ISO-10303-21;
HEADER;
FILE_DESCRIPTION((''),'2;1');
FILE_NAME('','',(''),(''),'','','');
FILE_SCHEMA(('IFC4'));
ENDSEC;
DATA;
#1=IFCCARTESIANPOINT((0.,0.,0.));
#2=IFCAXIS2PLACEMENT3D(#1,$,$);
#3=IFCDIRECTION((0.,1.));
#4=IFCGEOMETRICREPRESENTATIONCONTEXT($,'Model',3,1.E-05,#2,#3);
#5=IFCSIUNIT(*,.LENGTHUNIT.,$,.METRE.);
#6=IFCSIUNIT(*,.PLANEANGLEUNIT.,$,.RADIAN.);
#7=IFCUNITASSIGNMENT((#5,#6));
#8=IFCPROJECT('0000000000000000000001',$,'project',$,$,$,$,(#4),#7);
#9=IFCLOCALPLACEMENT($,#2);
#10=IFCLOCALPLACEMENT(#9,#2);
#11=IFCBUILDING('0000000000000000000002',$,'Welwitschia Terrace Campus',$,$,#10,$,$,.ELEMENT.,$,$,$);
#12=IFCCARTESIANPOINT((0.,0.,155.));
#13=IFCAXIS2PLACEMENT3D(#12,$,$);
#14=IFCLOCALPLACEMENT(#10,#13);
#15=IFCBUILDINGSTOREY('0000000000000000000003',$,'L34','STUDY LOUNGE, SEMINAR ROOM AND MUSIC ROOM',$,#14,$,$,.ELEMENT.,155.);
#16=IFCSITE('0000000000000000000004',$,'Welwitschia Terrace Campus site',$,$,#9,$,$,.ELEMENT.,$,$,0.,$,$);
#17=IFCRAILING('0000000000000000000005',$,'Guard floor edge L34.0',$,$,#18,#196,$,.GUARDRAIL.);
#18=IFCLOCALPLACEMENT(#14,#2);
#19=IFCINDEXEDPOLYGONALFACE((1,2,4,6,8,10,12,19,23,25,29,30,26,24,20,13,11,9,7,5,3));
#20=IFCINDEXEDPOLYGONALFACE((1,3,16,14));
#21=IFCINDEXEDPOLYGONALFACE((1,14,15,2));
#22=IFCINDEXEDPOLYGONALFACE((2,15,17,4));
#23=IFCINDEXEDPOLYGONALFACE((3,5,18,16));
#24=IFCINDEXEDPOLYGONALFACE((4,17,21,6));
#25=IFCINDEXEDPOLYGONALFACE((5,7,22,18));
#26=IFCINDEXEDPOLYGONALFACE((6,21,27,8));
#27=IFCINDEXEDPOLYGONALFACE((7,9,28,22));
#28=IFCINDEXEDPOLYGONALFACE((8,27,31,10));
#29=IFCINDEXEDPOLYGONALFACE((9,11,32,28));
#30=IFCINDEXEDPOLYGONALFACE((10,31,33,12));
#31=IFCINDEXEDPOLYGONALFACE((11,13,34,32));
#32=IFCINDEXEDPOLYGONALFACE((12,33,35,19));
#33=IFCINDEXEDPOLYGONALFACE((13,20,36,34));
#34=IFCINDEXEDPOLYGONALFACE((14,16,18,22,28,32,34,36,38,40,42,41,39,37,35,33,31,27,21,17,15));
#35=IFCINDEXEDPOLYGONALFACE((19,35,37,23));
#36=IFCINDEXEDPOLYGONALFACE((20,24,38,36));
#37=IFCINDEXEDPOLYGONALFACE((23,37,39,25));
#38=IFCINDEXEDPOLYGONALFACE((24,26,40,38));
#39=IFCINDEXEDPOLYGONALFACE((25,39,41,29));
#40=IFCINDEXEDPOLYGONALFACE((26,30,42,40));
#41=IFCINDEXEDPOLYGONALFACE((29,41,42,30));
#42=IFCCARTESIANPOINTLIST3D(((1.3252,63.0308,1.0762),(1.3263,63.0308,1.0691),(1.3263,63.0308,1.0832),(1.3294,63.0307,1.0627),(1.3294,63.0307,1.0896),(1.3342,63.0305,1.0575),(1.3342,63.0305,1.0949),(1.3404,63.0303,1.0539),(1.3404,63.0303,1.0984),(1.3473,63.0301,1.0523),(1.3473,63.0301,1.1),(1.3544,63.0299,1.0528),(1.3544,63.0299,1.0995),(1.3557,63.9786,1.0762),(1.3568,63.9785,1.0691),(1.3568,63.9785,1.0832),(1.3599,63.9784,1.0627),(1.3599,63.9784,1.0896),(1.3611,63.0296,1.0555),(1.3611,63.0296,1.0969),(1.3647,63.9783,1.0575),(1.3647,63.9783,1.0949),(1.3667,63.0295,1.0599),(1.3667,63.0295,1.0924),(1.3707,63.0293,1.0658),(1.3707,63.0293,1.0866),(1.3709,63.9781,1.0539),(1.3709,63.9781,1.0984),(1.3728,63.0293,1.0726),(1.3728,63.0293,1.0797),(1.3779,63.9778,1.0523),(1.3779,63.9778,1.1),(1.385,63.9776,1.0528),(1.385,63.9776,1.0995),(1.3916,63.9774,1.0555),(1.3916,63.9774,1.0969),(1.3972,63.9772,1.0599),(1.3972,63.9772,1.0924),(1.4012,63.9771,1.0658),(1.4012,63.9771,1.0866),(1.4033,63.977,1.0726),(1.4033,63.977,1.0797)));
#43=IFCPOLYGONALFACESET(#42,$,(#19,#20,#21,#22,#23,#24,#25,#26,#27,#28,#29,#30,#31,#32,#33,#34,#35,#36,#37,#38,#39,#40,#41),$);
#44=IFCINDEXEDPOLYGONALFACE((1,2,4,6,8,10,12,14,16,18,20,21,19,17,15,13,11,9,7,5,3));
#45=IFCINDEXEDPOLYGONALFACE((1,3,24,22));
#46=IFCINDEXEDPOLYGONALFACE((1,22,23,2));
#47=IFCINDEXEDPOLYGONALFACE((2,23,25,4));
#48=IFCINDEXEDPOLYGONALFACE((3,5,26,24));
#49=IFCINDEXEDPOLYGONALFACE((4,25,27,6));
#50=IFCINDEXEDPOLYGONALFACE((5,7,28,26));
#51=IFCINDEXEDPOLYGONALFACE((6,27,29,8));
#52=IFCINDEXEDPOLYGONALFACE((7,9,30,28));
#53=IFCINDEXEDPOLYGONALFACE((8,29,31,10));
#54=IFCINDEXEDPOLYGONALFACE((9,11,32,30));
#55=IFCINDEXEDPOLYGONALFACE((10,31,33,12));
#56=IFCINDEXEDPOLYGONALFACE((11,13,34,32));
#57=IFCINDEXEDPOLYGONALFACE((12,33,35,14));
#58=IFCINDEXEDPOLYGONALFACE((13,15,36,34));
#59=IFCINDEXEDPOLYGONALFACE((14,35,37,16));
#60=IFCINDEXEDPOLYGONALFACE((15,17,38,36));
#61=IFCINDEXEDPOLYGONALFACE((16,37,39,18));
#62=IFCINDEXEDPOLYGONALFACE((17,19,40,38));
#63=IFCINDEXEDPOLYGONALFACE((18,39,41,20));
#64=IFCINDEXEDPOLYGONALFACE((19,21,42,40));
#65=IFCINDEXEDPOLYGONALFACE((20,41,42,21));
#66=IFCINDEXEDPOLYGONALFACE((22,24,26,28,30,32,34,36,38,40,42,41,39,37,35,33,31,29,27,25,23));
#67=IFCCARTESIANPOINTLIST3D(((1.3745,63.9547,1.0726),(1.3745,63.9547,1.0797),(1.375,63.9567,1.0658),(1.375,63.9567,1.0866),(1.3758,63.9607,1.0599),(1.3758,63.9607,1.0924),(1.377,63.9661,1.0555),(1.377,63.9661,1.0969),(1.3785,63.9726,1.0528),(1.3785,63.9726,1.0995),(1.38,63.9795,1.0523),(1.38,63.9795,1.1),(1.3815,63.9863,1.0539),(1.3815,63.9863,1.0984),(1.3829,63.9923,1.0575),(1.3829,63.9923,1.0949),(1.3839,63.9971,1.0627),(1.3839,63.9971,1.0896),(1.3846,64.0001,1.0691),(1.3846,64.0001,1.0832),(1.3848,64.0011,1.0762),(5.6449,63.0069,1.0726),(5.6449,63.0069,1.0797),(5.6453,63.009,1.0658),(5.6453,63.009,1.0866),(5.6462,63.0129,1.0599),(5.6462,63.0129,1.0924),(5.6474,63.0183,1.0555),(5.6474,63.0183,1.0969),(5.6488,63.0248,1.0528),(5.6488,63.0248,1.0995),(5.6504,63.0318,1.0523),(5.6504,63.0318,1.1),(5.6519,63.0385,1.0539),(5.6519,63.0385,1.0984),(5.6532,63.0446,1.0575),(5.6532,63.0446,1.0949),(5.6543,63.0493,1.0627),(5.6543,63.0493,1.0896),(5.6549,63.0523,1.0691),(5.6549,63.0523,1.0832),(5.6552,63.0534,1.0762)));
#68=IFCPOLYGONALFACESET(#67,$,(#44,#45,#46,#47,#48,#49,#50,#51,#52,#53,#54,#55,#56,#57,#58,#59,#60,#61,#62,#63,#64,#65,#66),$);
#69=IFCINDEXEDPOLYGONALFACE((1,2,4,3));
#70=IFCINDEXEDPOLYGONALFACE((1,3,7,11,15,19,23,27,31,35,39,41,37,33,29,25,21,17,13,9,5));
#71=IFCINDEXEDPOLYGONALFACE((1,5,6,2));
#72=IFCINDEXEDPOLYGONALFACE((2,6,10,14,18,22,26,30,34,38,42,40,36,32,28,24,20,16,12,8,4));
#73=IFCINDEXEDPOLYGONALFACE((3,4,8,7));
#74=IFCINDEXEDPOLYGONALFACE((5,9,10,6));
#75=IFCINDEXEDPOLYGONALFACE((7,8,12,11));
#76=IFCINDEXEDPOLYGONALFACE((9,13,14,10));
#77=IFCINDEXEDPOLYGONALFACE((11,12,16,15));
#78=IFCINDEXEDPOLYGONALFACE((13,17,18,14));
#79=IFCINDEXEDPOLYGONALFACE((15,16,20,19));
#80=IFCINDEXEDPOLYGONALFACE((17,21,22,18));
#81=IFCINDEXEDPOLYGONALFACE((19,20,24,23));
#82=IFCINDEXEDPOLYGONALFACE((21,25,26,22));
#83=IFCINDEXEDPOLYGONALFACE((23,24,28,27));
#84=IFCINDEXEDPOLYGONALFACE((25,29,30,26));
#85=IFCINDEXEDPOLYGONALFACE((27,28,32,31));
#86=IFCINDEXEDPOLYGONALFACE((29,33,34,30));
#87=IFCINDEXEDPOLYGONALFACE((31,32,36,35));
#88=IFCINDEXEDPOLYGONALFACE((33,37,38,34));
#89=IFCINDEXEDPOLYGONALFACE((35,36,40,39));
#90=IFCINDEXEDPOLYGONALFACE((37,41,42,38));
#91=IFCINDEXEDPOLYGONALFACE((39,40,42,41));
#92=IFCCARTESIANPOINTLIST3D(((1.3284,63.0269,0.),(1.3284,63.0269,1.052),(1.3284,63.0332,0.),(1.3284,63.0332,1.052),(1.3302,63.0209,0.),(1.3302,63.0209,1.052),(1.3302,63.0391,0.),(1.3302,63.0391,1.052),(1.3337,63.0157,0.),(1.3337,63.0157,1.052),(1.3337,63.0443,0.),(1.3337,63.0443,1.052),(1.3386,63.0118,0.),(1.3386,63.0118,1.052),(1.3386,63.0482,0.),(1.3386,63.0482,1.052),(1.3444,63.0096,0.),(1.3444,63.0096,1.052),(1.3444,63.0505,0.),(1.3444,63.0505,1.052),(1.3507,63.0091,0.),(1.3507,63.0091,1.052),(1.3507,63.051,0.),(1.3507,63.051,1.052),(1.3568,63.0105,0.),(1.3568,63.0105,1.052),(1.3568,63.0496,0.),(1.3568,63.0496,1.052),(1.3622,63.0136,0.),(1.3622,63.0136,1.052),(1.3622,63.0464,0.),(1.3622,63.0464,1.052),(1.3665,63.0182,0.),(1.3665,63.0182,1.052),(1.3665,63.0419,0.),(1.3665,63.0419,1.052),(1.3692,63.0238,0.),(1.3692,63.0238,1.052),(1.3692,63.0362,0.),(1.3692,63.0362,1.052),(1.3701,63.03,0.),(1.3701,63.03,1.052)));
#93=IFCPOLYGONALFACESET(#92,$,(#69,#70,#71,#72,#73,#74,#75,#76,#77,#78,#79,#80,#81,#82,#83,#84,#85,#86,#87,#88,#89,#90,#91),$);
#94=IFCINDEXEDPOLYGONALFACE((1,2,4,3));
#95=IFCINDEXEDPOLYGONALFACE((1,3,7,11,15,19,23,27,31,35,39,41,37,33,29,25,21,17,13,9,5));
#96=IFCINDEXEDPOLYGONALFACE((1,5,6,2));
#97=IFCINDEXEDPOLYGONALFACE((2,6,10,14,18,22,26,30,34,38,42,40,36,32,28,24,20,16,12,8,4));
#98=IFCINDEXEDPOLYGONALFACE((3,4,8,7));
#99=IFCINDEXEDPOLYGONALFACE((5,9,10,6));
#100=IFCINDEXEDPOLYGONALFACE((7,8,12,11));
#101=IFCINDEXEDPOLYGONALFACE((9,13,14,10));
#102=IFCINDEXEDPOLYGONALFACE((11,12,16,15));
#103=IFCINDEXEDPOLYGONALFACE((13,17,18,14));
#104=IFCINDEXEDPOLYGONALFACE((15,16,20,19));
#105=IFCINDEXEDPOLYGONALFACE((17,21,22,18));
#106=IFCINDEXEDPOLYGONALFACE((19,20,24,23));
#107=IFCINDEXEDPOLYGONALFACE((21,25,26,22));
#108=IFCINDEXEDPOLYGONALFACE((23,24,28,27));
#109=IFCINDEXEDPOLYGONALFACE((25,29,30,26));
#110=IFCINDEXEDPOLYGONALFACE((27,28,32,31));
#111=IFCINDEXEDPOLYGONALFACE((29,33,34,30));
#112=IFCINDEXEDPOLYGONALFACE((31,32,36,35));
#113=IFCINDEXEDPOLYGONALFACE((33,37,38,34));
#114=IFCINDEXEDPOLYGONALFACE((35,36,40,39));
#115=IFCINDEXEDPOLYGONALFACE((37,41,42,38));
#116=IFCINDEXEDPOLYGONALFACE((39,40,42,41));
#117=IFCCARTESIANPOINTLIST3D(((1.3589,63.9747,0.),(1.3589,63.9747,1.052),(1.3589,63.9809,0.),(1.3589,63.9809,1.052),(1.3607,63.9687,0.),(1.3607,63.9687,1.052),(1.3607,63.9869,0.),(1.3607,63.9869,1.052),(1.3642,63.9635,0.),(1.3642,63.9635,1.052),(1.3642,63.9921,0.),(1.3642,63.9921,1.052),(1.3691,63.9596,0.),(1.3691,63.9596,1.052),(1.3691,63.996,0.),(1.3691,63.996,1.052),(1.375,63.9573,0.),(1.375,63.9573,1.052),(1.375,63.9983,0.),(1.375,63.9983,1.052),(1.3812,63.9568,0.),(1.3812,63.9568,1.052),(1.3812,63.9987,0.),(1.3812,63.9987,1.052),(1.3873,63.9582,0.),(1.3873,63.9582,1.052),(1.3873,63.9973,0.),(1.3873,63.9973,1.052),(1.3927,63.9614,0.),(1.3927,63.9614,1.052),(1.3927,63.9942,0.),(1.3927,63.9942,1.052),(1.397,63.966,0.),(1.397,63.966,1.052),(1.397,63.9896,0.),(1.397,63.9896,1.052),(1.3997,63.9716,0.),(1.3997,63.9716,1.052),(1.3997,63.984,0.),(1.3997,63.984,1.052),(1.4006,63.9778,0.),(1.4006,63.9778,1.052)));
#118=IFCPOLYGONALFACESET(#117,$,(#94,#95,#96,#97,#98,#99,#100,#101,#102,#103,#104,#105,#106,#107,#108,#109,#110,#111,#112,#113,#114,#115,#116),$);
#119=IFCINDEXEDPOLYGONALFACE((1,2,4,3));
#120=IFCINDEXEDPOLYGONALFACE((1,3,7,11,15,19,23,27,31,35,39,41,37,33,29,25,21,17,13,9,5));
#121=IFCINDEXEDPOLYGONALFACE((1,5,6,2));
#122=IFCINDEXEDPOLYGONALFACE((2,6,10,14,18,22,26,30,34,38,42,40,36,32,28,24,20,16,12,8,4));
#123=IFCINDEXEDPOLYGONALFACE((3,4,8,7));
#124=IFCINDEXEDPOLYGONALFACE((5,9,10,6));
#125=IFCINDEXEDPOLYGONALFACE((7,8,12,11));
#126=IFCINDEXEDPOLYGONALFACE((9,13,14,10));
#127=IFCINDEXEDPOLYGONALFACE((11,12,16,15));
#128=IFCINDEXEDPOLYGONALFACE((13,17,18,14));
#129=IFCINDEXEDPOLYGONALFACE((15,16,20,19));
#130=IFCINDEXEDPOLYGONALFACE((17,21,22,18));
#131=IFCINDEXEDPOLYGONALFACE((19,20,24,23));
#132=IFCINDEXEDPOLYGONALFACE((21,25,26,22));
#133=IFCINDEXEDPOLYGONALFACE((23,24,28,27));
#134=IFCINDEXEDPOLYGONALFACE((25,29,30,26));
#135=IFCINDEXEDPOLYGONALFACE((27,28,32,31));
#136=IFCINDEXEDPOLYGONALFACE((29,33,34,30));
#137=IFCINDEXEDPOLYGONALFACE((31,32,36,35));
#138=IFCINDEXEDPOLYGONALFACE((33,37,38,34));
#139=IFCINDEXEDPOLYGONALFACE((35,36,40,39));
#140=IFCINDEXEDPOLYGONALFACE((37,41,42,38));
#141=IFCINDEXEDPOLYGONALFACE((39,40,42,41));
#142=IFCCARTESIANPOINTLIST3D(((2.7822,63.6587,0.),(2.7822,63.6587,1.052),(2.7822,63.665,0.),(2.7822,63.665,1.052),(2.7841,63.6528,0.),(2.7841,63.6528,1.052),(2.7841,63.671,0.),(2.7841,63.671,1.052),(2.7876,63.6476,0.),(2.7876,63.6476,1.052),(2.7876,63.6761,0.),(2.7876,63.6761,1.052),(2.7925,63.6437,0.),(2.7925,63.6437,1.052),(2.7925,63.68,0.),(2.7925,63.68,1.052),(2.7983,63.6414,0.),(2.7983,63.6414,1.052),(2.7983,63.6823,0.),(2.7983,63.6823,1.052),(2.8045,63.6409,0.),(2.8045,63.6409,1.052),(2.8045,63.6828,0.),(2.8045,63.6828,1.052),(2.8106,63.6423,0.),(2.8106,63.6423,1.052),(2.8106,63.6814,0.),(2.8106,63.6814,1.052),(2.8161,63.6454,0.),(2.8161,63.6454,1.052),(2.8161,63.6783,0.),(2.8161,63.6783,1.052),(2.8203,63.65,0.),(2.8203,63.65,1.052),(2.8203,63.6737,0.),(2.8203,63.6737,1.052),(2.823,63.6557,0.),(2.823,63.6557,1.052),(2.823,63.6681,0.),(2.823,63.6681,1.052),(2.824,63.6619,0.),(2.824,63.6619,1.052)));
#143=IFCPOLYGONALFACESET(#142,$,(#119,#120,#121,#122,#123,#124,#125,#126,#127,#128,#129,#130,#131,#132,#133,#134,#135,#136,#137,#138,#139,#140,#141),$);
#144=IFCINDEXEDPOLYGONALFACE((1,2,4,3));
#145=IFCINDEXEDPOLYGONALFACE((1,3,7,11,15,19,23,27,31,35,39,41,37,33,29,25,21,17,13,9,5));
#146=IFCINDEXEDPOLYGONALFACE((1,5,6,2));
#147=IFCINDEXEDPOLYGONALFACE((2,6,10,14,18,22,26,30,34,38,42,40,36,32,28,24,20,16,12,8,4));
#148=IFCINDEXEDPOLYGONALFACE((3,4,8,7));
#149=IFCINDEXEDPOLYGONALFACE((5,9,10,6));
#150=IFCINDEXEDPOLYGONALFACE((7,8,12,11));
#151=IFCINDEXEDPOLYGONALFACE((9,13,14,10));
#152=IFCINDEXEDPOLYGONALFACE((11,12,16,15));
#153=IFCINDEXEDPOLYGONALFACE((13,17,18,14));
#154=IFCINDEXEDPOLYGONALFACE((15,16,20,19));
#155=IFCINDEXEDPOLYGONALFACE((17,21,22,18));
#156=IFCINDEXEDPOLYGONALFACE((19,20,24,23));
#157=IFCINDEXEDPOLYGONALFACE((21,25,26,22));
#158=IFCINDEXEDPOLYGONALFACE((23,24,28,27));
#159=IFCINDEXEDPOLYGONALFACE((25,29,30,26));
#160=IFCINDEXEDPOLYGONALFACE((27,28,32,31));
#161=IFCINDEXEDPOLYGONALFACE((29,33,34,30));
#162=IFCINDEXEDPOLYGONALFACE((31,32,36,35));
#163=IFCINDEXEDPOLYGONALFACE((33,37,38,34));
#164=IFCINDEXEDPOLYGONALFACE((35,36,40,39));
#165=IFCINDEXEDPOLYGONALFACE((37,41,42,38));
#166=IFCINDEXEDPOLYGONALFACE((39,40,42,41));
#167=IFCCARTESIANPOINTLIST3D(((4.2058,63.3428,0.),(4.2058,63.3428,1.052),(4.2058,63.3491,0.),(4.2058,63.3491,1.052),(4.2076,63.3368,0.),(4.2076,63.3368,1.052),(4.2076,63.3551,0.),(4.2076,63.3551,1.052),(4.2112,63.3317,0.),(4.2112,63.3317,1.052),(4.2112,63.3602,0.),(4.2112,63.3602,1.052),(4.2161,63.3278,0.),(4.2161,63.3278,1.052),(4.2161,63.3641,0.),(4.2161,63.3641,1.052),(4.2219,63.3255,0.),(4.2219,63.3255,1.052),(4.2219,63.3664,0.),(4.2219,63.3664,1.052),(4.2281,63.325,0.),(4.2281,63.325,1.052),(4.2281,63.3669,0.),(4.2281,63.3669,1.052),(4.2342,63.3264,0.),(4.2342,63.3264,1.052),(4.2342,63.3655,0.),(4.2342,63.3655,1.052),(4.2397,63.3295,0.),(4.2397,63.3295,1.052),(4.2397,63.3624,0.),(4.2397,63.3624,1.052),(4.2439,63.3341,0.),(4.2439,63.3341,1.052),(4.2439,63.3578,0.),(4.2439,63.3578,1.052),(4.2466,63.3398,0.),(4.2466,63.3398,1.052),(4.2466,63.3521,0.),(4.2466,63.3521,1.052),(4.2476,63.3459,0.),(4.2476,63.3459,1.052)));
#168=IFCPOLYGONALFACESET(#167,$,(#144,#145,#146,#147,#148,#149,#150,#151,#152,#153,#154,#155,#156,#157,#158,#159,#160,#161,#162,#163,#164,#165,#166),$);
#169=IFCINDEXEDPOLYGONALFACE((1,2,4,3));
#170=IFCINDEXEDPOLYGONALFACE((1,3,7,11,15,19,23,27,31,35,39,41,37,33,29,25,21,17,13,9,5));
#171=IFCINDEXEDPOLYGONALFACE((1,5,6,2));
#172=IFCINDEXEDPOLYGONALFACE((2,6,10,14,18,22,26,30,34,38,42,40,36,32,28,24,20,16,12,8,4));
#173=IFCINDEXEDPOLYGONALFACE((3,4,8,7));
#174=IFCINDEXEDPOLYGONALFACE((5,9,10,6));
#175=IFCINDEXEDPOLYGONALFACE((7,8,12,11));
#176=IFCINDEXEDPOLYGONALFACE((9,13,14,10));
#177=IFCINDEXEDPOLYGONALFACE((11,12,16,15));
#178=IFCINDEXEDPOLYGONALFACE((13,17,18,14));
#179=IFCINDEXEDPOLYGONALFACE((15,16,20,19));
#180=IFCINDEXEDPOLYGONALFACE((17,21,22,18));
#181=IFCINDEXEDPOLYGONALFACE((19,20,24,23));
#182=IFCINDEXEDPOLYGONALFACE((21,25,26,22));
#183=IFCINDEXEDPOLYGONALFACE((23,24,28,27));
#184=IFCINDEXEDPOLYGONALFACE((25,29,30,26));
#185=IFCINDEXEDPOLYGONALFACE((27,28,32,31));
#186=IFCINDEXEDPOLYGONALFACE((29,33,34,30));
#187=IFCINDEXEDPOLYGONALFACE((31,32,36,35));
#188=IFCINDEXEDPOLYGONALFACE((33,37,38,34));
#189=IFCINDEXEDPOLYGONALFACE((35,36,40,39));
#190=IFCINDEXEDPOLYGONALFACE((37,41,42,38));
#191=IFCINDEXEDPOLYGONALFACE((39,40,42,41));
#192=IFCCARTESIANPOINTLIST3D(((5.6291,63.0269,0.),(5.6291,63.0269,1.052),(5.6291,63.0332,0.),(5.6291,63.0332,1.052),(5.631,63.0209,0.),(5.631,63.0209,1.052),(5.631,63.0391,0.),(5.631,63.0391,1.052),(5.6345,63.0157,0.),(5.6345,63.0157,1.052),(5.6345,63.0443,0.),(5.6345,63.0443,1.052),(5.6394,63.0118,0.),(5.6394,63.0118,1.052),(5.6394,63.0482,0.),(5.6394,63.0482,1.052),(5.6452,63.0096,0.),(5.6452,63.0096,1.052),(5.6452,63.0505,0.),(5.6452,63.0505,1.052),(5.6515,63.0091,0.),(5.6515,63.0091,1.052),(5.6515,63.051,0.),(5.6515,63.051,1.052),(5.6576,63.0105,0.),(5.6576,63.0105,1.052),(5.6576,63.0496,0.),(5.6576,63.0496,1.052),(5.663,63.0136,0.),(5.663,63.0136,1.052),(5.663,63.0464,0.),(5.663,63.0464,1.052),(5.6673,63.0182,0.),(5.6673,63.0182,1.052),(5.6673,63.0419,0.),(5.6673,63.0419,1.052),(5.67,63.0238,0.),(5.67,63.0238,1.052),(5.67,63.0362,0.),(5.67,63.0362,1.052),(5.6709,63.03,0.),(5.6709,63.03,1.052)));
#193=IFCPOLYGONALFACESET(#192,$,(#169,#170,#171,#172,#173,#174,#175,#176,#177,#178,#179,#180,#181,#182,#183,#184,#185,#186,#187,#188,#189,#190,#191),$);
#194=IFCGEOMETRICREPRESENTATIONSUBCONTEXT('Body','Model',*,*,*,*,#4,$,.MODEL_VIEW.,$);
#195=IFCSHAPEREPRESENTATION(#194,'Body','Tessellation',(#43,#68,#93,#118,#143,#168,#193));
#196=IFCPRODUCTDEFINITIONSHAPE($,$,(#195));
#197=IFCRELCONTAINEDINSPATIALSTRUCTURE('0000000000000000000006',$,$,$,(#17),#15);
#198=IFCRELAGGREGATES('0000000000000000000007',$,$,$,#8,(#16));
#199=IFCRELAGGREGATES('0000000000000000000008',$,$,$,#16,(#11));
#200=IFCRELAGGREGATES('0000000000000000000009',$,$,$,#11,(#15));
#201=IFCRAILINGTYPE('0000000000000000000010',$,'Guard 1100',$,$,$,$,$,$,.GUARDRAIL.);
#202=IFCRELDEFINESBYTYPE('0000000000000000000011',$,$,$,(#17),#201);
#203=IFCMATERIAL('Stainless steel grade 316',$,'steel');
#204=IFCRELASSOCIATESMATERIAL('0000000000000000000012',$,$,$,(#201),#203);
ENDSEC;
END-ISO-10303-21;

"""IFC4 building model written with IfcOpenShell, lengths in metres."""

from ifc_helpers import new_model, si_unit, direction, frame, origin, origin_2d, place, context, subcontext, project, spatial, circle, extrude, material, type_object, element, save


model = new_model("IFC4")

# Units and contexts
model_context = context("Model", 3, precision=1e-05, world=origin(), true_north=direction((0.0, 1.0)))
body_context = subcontext(model_context, "Body", "Model", "MODEL_VIEW")
ifc_project = project(units=[si_unit("LENGTHUNIT", "METRE"), si_unit("PLANEANGLEUNIT", "RADIAN")], contexts=[model_context])

# Site, building, storey
site_placement = place(None, origin())
site = spatial("IfcSite", under=ifc_project, at=site_placement, Name="Welwitschia Terrace Campus site", CompositionType="ELEMENT", RefElevation=0.0)
building_placement = place(site_placement, origin())
building = spatial("IfcBuilding", under=site, at=building_placement, Name="Welwitschia Terrace Campus", CompositionType="ELEMENT")
storey_placement = place(building_placement, frame((0.0, 0.0, 155.0)))
storey = spatial("IfcBuildingStorey", under=building, at=storey_placement, Name="L34", Description="STUDY LOUNGE, SEMINAR ROOM AND MUSIC ROOM", CompositionType="ELEMENT", Elevation=155.0)

# Railing
ifc_material_1 = material(Name="Stainless steel grade 316", Category="steel")
railing_type = type_object("IfcRailingType", Name="Guard 1100", PredefinedType="GUARDRAIL", material=ifc_material_1)
railing_1_placement = place(storey_placement, frame((1.3491, 63.03, 0.0)))
element("IfcRailing", 1, at=railing_1_placement, inside=storey, type_object=railing_type, Name="Guard floor edge L34.0", PredefinedType="GUARDRAIL", context=body_context, shape_type="SweptSolid", body=[
    extrude(circle(Radius=0.0239, at=origin_2d()), frame((0.0, 0.0, 1.0762), z_axis=(0.032183, 0.999482, 0.0), x_axis=(-0.999482, 0.032183, 0.0)), (0.0, 0.0, 1.0), 0.9482),
    extrude(circle(Radius=0.0239, at=origin_2d()), frame((0.0305, 0.9478, 1.0762), z_axis=(0.976245, -0.21667, 0.0), x_axis=(0.21667, 0.976245, 0.0)), (0.0, 0.0, 1.0), 4.3743),
    extrude(circle(Radius=0.021, at=origin_2d()), origin(), (0.0, 0.0, 1.0), 1.052),
    extrude(circle(Radius=0.021, at=origin_2d()), frame((0.0305, 0.9478, 0.0)), (0.0, 0.0, 1.0), 1.052),
    extrude(circle(Radius=0.021, at=origin_2d()), frame((1.4539, 0.6318, 0.0)), (0.0, 0.0, 1.0), 1.052),
    extrude(circle(Radius=0.021, at=origin_2d()), frame((2.8774, 0.3159, 0.0)), (0.0, 0.0, 1.0), 1.052),
    extrude(circle(Radius=0.021, at=origin_2d()), frame((4.3008, 0.0, 0.0)), (0.0, 0.0, 1.0), 1.052),
])

save(model, "model.ifc")
